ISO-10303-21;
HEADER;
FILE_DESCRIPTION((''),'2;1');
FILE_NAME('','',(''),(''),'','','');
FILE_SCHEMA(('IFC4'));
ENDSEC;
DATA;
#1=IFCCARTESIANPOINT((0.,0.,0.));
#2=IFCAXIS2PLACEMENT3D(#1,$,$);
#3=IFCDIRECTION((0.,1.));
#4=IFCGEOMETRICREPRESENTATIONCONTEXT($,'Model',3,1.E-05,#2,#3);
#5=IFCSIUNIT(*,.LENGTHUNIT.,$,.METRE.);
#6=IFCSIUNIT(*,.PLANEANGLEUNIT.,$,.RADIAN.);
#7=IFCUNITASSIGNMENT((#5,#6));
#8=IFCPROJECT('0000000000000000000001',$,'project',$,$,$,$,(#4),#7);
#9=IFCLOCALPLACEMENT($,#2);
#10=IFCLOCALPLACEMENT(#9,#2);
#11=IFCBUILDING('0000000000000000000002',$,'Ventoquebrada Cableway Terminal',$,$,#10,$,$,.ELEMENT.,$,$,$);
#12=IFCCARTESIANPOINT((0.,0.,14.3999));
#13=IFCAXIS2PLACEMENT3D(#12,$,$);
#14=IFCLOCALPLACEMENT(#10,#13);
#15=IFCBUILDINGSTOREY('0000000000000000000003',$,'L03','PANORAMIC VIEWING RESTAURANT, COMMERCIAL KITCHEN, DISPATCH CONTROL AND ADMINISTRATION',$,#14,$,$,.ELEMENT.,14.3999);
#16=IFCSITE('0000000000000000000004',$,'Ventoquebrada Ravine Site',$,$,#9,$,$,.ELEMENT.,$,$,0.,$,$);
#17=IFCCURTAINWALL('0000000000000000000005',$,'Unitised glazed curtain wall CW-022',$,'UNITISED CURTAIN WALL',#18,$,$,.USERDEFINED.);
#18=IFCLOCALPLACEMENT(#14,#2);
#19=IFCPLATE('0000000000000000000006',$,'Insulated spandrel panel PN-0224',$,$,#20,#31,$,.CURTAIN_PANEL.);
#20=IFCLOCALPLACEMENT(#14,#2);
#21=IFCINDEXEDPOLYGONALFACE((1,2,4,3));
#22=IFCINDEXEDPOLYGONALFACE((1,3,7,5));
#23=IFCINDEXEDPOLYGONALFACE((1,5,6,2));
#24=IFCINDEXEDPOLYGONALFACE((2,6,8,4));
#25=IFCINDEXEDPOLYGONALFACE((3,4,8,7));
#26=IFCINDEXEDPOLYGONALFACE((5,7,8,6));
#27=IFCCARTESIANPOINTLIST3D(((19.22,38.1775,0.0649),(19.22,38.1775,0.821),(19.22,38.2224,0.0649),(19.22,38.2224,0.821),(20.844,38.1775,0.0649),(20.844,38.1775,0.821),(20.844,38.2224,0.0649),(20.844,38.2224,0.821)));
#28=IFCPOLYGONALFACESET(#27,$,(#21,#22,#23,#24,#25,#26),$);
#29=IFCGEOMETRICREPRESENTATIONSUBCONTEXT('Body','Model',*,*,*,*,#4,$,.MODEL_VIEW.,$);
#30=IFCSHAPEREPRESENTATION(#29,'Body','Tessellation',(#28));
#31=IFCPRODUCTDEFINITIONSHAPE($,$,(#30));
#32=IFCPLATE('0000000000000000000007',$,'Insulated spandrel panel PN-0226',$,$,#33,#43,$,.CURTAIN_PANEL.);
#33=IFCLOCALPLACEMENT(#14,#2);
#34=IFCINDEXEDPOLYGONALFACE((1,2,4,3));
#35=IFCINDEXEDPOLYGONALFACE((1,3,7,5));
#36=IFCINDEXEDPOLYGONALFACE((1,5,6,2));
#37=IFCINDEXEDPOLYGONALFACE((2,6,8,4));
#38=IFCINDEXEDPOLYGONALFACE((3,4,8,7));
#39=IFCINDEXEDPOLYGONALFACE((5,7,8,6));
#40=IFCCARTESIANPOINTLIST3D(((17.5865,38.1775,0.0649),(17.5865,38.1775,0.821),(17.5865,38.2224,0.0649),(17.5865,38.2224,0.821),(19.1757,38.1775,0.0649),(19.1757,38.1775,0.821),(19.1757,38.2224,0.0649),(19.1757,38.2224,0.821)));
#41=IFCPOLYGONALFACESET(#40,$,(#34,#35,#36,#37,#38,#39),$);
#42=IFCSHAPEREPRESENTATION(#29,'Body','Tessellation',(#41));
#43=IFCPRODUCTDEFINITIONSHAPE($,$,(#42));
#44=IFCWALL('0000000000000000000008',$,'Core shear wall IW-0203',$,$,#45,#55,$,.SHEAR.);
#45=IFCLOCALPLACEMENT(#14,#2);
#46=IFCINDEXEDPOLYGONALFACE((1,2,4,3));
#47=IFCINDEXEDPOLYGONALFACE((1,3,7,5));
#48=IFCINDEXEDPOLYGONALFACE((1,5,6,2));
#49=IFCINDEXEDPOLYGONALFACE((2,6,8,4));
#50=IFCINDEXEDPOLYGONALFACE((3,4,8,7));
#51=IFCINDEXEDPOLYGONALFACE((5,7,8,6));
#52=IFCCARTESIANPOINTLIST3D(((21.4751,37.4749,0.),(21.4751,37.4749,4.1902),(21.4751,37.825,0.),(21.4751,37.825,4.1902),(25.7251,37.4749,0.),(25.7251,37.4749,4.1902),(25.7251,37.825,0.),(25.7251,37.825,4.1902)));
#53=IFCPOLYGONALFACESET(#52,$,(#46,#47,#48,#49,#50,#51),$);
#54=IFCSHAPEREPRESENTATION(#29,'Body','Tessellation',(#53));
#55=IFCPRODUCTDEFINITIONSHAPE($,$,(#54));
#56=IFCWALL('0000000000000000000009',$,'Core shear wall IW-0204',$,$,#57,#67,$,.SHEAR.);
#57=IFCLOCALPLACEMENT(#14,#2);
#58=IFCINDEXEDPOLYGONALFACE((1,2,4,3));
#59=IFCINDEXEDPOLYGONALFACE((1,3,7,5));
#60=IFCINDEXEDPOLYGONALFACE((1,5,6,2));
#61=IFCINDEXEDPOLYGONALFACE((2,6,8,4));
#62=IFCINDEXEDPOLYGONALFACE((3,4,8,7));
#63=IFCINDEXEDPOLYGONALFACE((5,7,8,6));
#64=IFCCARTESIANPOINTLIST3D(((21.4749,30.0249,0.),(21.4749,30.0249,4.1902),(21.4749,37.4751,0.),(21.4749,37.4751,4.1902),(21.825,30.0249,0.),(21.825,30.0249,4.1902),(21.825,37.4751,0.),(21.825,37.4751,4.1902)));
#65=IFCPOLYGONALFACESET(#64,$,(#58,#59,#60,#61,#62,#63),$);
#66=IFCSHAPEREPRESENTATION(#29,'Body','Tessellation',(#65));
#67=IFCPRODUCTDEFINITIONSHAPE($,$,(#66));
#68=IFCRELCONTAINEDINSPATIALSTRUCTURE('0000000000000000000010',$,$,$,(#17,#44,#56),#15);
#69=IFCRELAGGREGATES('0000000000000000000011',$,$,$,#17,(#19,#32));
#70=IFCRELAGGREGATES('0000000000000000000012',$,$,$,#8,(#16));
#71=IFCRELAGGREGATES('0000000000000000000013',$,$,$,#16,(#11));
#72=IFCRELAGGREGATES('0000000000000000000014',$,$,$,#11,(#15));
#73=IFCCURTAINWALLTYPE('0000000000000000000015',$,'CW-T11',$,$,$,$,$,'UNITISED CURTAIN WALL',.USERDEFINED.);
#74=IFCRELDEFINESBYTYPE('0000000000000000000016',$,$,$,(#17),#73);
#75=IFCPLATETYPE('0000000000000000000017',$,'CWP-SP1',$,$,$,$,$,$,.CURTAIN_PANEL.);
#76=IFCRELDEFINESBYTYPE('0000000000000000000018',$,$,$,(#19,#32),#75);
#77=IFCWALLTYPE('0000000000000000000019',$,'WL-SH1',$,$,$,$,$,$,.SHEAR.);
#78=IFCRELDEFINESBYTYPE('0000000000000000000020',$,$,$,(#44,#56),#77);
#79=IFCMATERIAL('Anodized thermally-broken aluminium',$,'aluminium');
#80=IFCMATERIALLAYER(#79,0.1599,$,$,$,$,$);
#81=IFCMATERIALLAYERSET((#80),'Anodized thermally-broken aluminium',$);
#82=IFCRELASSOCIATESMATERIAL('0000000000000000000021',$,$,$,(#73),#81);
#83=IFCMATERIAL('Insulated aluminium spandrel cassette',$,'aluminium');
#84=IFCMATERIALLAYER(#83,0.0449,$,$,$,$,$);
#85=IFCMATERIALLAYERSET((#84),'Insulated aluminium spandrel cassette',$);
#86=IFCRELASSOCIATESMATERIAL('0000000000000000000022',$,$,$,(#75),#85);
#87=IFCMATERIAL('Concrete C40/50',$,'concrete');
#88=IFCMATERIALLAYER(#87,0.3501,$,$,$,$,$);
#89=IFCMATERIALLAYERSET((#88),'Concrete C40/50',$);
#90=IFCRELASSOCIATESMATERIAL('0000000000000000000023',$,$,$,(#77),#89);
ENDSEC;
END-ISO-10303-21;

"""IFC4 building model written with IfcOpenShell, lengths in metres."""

from ifc_helpers import new_model, si_unit, direction, frame, frame_2d, origin, origin_2d, place, context, subcontext, project, spatial, rectangle, extrude, material, layer, layer_set, type_object, element, aggregate, save


model = new_model("IFC4")

# Units and contexts
model_context = context("Model", 3, precision=1e-05, world=origin(), true_north=direction((0.0, 1.0)))
body_context = subcontext(model_context, "Body", "Model", "MODEL_VIEW")
ifc_project = project(units=[si_unit("LENGTHUNIT", "METRE"), si_unit("PLANEANGLEUNIT", "RADIAN")], contexts=[model_context])

# Site, building, storey
site_placement = place(None, origin())
site = spatial("IfcSite", under=ifc_project, at=site_placement, Name="Ventoquebrada Ravine Site", CompositionType="ELEMENT", RefElevation=0.0)
building_placement = place(site_placement, origin())
building = spatial("IfcBuilding", under=site, at=building_placement, Name="Ventoquebrada Cableway Terminal", CompositionType="ELEMENT")
storey_placement = place(building_placement, frame((0.0, 0.0, 14.3999)))
storey = spatial("IfcBuildingStorey", under=building, at=storey_placement, Name="L03", Description="PANORAMIC VIEWING RESTAURANT, COMMERCIAL KITCHEN, DISPATCH CONTROL AND ADMINISTRATION", CompositionType="ELEMENT", Elevation=14.3999)

# Shared definitions
ifc_material_1 = material(Name="Concrete C40/50", Category="concrete")

# Curtain wall
ifc_material_2 = material(Name="Anodized thermally-broken aluminium", Category="aluminium")
ifc_layer_1 = layer(ifc_material_2, 0.1599)
ifc_layer_set_1 = layer_set([ifc_layer_1], Name="Anodized thermally-broken aluminium")
curtain_wall_type = type_object("IfcCurtainWallType", Name="CW-T11", ElementType="UNITISED CURTAIN WALL", PredefinedType="USERDEFINED", material=ifc_layer_set_1)
curtain_wall_1_placement = place(storey_placement, origin())
curtain_wall_1 = element("IfcCurtainWall", 1, at=curtain_wall_1_placement, inside=storey, type_object=curtain_wall_type, Name="Unitised glazed curtain wall CW-022", ObjectType="UNITISED CURTAIN WALL", PredefinedType="USERDEFINED")

# Plates
ifc_material_3 = material(Name="Insulated aluminium spandrel cassette", Category="aluminium")
ifc_layer_2 = layer(ifc_material_3, 0.0449)
ifc_layer_set_2 = layer_set([ifc_layer_2], Name="Insulated aluminium spandrel cassette")
plate_type_1 = type_object("IfcPlateType", Name="CWP-SP1", PredefinedType="CURTAIN_PANEL", material=ifc_layer_set_2)
plate_1_placement = place(storey_placement, frame((20.032, 38.2, 0.0649), z_axis=(0.0, 0.0, 1.0), x_axis=(-1.0, 0.0, 0.0)))
plate_1 = element("IfcPlate", 2, at=plate_1_placement, type_object=plate_type_1, Name="Insulated spandrel panel PN-0224", PredefinedType="CURTAIN_PANEL", context=body_context, shape_type="SweptSolid", body=[
    extrude(rectangle(XDim=1.624, YDim=0.0449, at=origin_2d()), origin(), (0.0, 0.0, 1.0), 0.7561),
])
plate_2_placement = place(storey_placement, frame((18.3811, 38.2, 0.0649), z_axis=(0.0, 0.0, 1.0), x_axis=(-1.0, 0.0, 0.0)))
plate_2 = element("IfcPlate", 3, at=plate_2_placement, type_object=plate_type_1, Name="Insulated spandrel panel PN-0226", PredefinedType="CURTAIN_PANEL", context=body_context, shape_type="SweptSolid", body=[
    extrude(rectangle(XDim=1.5891, YDim=0.0449, at=origin_2d()), origin(), (0.0, 0.0, 1.0), 0.7561),
])
aggregate(curtain_wall_1, [plate_1, plate_2])

# Walls
ifc_layer_3 = layer(ifc_material_1, 0.3501)
ifc_layer_set_3 = layer_set([ifc_layer_3], Name="Concrete C40/50")
wall_type = type_object("IfcWallType", Name="WL-SH1", PredefinedType="SHEAR", material=ifc_layer_set_3)
wall_1_placement = place(storey_placement, frame((25.7251, 37.6499, 0.0), z_axis=(0.0, 0.0, 1.0), x_axis=(-1.0, 0.0, 0.0)))
element("IfcWall", 4, at=wall_1_placement, inside=storey, type_object=wall_type, Name="Core shear wall IW-0203", PredefinedType="SHEAR", context=body_context, shape_type="SweptSolid", body=[
    extrude(rectangle(XDim=4.25, YDim=0.3501, at=frame_2d((2.125, 0.0))), origin(), (0.0, 0.0, 1.0), 4.1902),
])
wall_2_placement = place(storey_placement, frame((21.6499, 37.4751, 0.0), z_axis=(0.0, 0.0, 1.0), x_axis=(0.0, -1.0, 0.0)))
element("IfcWall", 5, at=wall_2_placement, inside=storey, type_object=wall_type, Name="Core shear wall IW-0204", PredefinedType="SHEAR", context=body_context, shape_type="SweptSolid", body=[
    extrude(rectangle(XDim=7.4502, YDim=0.3501, at=frame_2d((3.7251, 0.0))), origin(), (0.0, 0.0, 1.0), 4.1902),
])

save(model, "model.ifc")
